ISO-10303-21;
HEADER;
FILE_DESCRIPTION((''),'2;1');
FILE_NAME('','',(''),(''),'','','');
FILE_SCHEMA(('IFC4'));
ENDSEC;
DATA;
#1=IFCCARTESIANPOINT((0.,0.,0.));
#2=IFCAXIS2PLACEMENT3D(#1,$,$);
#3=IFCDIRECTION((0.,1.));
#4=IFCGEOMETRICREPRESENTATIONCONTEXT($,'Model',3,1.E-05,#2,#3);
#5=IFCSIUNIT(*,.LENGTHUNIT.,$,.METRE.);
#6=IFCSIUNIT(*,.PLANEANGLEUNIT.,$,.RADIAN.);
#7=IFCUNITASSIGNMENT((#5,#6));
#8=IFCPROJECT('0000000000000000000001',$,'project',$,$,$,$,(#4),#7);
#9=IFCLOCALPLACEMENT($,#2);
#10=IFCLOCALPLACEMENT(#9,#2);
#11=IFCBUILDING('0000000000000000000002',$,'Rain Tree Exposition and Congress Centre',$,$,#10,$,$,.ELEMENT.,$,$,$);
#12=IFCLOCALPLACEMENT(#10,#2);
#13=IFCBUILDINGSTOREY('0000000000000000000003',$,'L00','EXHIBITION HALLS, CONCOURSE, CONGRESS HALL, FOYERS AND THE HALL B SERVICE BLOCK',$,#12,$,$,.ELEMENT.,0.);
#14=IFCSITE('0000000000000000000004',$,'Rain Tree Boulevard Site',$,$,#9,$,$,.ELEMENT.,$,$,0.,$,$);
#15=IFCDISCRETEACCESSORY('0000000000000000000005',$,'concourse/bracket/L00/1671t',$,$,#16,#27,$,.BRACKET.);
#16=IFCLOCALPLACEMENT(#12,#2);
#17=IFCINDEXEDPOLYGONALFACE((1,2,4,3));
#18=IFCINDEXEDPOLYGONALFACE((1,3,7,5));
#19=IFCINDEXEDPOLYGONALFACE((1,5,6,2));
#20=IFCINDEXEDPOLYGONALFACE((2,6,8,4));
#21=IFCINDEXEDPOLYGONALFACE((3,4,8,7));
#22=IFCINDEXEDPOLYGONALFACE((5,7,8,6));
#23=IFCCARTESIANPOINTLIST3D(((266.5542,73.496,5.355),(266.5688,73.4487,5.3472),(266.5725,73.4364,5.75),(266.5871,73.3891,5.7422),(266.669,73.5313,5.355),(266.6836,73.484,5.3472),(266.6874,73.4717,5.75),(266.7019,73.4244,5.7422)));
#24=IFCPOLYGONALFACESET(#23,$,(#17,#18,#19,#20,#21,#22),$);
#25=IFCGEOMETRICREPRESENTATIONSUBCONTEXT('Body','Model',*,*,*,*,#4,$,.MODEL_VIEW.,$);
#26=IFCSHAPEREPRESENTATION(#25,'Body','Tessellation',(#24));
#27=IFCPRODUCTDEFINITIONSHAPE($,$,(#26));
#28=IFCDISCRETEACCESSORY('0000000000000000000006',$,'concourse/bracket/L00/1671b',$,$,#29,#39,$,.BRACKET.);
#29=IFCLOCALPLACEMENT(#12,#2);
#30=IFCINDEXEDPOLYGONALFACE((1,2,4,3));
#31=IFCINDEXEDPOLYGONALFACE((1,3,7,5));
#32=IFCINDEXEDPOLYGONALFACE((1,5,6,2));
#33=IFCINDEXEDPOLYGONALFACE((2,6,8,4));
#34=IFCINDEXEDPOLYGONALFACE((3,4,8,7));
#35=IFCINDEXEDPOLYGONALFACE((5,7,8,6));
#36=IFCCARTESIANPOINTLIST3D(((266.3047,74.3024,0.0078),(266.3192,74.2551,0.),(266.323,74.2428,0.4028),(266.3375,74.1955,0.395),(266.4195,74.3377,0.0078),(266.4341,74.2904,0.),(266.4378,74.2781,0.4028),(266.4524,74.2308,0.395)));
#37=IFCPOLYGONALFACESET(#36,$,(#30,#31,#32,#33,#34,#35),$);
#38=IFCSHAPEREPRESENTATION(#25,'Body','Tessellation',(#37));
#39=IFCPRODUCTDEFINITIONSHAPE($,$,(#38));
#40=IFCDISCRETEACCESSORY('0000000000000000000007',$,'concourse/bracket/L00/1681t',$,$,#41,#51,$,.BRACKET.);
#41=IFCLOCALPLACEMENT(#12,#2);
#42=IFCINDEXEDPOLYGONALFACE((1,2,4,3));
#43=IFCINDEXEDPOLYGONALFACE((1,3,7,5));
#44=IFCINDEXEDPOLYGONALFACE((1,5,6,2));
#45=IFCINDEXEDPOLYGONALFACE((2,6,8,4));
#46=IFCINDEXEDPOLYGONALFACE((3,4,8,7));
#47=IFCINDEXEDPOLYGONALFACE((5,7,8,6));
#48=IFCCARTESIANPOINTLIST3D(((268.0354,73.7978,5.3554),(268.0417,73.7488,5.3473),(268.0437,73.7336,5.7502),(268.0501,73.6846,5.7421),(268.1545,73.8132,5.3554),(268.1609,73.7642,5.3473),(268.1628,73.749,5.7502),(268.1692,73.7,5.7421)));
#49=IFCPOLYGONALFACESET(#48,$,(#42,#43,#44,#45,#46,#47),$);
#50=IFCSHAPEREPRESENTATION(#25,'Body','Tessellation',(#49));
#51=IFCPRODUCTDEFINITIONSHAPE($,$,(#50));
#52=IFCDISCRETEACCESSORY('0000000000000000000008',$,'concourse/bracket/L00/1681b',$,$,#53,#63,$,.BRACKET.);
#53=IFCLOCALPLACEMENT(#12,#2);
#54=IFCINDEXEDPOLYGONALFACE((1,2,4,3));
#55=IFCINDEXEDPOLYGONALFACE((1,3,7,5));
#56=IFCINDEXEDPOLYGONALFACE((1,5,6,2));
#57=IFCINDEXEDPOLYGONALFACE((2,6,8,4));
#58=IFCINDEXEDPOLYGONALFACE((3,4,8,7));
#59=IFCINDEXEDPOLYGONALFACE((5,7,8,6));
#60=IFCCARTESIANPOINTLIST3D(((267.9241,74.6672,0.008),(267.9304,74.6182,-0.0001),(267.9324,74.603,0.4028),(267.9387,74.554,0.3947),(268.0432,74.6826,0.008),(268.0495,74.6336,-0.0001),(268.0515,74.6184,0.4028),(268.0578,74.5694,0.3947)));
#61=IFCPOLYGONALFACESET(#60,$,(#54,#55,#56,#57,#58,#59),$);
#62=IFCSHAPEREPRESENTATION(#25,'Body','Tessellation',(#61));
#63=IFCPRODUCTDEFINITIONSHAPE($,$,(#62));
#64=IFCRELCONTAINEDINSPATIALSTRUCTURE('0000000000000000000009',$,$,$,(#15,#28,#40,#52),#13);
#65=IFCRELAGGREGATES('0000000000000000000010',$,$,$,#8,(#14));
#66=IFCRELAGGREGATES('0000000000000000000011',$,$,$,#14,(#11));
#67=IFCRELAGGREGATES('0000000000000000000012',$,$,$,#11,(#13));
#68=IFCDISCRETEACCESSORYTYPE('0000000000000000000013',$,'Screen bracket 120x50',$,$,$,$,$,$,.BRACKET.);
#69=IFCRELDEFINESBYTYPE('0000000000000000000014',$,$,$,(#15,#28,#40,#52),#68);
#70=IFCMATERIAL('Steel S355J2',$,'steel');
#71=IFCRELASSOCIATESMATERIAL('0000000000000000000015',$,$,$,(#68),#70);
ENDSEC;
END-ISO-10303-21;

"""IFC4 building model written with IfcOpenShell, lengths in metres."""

from ifc_helpers import new_model, si_unit, direction, frame, origin, origin_2d, place, context, subcontext, project, spatial, rectangle, extrude, material, material_profile, profile_set, type_object, element, save


model = new_model("IFC4")

# Units and contexts
model_context = context("Model", 3, precision=1e-05, world=origin(), true_north=direction((0.0, 1.0)))
body_context = subcontext(model_context, "Body", "Model", "MODEL_VIEW")
ifc_project = project(units=[si_unit("LENGTHUNIT", "METRE"), si_unit("PLANEANGLEUNIT", "RADIAN")], contexts=[model_context])

# Site, building, storey
site_placement = place(None, origin())
site = spatial("IfcSite", under=ifc_project, at=site_placement, Name="Rain Tree Boulevard Site", CompositionType="ELEMENT", RefElevation=0.0)
building_placement = place(site_placement, origin())
building = spatial("IfcBuilding", under=site, at=building_placement, Name="Rain Tree Exposition and Congress Centre", CompositionType="ELEMENT")
storey_placement = place(building_placement, origin())
storey = spatial("IfcBuildingStorey", under=building, at=storey_placement, Name="L00", Description="EXHIBITION HALLS, CONCOURSE, CONGRESS HALL, FOYERS AND THE HALL B SERVICE BLOCK", CompositionType="ELEMENT", Elevation=0.0)

# Discrete accessories
ifc_material_1 = material(Name="Steel S355J2", Category="steel")
ifc_material_profile_1 = material_profile(ifc_material_1, rectangle(XDim=0.1201, YDim=0.05, at=origin_2d()), Name="Flat bar 120x50")
ifc_profile_set_1 = profile_set([ifc_material_profile_1], Name="Steel S355J2")
discrete_accessory_type = type_object("IfcDiscreteAccessoryType", Name="Screen bracket 120x50", PredefinedType="BRACKET", material=ifc_profile_set_1)
for number, where, z_axis, x_axis, name in (
    (1, (266.6189, 73.49, 5.3511), (0.045787, -0.148961, 0.987782), (0.955864, 0.293811, 0.0), "concourse/bracket/L00/1671t"),
    (2, (266.3694, 74.2964, 0.0039), (0.045787, -0.148961, 0.987782), (0.955864, 0.293811, 0.0), "concourse/bracket/L00/1671b"),
):
    element("IfcDiscreteAccessory", number, at=place(storey_placement, frame(where, z_axis=z_axis, x_axis=x_axis)), inside=storey, type_object=discrete_accessory_type, Name=name, PredefinedType="BRACKET", context=body_context, shape_type="SweptSolid", body=[
        extrude(rectangle(XDim=0.1201, YDim=0.05, at=origin_2d()), origin(), (0.0, 0.0, 1.0), 0.3999),
    ])
for number, where, z_axis, x_axis, name in (
    (3, (268.0981, 73.781, 5.3513), (0.020749, -0.160503, 0.986817), (0.991747, 0.128211, 0.0), "concourse/bracket/L00/1681t"),
    (4, (267.9868, 74.6504, 0.0039), (0.020749, -0.160503, 0.986817), (0.991747, 0.128211, 0.0), "concourse/bracket/L00/1681b"),
):
    element("IfcDiscreteAccessory", number, at=place(storey_placement, frame(where, z_axis=z_axis, x_axis=x_axis)), inside=storey, type_object=discrete_accessory_type, Name=name, PredefinedType="BRACKET", context=body_context, shape_type="SweptSolid", body=[
        extrude(rectangle(XDim=0.1201, YDim=0.05, at=origin_2d()), origin(), (0.0, 0.0, 1.0), 0.4001),
    ])

save(model, "model.ifc")
